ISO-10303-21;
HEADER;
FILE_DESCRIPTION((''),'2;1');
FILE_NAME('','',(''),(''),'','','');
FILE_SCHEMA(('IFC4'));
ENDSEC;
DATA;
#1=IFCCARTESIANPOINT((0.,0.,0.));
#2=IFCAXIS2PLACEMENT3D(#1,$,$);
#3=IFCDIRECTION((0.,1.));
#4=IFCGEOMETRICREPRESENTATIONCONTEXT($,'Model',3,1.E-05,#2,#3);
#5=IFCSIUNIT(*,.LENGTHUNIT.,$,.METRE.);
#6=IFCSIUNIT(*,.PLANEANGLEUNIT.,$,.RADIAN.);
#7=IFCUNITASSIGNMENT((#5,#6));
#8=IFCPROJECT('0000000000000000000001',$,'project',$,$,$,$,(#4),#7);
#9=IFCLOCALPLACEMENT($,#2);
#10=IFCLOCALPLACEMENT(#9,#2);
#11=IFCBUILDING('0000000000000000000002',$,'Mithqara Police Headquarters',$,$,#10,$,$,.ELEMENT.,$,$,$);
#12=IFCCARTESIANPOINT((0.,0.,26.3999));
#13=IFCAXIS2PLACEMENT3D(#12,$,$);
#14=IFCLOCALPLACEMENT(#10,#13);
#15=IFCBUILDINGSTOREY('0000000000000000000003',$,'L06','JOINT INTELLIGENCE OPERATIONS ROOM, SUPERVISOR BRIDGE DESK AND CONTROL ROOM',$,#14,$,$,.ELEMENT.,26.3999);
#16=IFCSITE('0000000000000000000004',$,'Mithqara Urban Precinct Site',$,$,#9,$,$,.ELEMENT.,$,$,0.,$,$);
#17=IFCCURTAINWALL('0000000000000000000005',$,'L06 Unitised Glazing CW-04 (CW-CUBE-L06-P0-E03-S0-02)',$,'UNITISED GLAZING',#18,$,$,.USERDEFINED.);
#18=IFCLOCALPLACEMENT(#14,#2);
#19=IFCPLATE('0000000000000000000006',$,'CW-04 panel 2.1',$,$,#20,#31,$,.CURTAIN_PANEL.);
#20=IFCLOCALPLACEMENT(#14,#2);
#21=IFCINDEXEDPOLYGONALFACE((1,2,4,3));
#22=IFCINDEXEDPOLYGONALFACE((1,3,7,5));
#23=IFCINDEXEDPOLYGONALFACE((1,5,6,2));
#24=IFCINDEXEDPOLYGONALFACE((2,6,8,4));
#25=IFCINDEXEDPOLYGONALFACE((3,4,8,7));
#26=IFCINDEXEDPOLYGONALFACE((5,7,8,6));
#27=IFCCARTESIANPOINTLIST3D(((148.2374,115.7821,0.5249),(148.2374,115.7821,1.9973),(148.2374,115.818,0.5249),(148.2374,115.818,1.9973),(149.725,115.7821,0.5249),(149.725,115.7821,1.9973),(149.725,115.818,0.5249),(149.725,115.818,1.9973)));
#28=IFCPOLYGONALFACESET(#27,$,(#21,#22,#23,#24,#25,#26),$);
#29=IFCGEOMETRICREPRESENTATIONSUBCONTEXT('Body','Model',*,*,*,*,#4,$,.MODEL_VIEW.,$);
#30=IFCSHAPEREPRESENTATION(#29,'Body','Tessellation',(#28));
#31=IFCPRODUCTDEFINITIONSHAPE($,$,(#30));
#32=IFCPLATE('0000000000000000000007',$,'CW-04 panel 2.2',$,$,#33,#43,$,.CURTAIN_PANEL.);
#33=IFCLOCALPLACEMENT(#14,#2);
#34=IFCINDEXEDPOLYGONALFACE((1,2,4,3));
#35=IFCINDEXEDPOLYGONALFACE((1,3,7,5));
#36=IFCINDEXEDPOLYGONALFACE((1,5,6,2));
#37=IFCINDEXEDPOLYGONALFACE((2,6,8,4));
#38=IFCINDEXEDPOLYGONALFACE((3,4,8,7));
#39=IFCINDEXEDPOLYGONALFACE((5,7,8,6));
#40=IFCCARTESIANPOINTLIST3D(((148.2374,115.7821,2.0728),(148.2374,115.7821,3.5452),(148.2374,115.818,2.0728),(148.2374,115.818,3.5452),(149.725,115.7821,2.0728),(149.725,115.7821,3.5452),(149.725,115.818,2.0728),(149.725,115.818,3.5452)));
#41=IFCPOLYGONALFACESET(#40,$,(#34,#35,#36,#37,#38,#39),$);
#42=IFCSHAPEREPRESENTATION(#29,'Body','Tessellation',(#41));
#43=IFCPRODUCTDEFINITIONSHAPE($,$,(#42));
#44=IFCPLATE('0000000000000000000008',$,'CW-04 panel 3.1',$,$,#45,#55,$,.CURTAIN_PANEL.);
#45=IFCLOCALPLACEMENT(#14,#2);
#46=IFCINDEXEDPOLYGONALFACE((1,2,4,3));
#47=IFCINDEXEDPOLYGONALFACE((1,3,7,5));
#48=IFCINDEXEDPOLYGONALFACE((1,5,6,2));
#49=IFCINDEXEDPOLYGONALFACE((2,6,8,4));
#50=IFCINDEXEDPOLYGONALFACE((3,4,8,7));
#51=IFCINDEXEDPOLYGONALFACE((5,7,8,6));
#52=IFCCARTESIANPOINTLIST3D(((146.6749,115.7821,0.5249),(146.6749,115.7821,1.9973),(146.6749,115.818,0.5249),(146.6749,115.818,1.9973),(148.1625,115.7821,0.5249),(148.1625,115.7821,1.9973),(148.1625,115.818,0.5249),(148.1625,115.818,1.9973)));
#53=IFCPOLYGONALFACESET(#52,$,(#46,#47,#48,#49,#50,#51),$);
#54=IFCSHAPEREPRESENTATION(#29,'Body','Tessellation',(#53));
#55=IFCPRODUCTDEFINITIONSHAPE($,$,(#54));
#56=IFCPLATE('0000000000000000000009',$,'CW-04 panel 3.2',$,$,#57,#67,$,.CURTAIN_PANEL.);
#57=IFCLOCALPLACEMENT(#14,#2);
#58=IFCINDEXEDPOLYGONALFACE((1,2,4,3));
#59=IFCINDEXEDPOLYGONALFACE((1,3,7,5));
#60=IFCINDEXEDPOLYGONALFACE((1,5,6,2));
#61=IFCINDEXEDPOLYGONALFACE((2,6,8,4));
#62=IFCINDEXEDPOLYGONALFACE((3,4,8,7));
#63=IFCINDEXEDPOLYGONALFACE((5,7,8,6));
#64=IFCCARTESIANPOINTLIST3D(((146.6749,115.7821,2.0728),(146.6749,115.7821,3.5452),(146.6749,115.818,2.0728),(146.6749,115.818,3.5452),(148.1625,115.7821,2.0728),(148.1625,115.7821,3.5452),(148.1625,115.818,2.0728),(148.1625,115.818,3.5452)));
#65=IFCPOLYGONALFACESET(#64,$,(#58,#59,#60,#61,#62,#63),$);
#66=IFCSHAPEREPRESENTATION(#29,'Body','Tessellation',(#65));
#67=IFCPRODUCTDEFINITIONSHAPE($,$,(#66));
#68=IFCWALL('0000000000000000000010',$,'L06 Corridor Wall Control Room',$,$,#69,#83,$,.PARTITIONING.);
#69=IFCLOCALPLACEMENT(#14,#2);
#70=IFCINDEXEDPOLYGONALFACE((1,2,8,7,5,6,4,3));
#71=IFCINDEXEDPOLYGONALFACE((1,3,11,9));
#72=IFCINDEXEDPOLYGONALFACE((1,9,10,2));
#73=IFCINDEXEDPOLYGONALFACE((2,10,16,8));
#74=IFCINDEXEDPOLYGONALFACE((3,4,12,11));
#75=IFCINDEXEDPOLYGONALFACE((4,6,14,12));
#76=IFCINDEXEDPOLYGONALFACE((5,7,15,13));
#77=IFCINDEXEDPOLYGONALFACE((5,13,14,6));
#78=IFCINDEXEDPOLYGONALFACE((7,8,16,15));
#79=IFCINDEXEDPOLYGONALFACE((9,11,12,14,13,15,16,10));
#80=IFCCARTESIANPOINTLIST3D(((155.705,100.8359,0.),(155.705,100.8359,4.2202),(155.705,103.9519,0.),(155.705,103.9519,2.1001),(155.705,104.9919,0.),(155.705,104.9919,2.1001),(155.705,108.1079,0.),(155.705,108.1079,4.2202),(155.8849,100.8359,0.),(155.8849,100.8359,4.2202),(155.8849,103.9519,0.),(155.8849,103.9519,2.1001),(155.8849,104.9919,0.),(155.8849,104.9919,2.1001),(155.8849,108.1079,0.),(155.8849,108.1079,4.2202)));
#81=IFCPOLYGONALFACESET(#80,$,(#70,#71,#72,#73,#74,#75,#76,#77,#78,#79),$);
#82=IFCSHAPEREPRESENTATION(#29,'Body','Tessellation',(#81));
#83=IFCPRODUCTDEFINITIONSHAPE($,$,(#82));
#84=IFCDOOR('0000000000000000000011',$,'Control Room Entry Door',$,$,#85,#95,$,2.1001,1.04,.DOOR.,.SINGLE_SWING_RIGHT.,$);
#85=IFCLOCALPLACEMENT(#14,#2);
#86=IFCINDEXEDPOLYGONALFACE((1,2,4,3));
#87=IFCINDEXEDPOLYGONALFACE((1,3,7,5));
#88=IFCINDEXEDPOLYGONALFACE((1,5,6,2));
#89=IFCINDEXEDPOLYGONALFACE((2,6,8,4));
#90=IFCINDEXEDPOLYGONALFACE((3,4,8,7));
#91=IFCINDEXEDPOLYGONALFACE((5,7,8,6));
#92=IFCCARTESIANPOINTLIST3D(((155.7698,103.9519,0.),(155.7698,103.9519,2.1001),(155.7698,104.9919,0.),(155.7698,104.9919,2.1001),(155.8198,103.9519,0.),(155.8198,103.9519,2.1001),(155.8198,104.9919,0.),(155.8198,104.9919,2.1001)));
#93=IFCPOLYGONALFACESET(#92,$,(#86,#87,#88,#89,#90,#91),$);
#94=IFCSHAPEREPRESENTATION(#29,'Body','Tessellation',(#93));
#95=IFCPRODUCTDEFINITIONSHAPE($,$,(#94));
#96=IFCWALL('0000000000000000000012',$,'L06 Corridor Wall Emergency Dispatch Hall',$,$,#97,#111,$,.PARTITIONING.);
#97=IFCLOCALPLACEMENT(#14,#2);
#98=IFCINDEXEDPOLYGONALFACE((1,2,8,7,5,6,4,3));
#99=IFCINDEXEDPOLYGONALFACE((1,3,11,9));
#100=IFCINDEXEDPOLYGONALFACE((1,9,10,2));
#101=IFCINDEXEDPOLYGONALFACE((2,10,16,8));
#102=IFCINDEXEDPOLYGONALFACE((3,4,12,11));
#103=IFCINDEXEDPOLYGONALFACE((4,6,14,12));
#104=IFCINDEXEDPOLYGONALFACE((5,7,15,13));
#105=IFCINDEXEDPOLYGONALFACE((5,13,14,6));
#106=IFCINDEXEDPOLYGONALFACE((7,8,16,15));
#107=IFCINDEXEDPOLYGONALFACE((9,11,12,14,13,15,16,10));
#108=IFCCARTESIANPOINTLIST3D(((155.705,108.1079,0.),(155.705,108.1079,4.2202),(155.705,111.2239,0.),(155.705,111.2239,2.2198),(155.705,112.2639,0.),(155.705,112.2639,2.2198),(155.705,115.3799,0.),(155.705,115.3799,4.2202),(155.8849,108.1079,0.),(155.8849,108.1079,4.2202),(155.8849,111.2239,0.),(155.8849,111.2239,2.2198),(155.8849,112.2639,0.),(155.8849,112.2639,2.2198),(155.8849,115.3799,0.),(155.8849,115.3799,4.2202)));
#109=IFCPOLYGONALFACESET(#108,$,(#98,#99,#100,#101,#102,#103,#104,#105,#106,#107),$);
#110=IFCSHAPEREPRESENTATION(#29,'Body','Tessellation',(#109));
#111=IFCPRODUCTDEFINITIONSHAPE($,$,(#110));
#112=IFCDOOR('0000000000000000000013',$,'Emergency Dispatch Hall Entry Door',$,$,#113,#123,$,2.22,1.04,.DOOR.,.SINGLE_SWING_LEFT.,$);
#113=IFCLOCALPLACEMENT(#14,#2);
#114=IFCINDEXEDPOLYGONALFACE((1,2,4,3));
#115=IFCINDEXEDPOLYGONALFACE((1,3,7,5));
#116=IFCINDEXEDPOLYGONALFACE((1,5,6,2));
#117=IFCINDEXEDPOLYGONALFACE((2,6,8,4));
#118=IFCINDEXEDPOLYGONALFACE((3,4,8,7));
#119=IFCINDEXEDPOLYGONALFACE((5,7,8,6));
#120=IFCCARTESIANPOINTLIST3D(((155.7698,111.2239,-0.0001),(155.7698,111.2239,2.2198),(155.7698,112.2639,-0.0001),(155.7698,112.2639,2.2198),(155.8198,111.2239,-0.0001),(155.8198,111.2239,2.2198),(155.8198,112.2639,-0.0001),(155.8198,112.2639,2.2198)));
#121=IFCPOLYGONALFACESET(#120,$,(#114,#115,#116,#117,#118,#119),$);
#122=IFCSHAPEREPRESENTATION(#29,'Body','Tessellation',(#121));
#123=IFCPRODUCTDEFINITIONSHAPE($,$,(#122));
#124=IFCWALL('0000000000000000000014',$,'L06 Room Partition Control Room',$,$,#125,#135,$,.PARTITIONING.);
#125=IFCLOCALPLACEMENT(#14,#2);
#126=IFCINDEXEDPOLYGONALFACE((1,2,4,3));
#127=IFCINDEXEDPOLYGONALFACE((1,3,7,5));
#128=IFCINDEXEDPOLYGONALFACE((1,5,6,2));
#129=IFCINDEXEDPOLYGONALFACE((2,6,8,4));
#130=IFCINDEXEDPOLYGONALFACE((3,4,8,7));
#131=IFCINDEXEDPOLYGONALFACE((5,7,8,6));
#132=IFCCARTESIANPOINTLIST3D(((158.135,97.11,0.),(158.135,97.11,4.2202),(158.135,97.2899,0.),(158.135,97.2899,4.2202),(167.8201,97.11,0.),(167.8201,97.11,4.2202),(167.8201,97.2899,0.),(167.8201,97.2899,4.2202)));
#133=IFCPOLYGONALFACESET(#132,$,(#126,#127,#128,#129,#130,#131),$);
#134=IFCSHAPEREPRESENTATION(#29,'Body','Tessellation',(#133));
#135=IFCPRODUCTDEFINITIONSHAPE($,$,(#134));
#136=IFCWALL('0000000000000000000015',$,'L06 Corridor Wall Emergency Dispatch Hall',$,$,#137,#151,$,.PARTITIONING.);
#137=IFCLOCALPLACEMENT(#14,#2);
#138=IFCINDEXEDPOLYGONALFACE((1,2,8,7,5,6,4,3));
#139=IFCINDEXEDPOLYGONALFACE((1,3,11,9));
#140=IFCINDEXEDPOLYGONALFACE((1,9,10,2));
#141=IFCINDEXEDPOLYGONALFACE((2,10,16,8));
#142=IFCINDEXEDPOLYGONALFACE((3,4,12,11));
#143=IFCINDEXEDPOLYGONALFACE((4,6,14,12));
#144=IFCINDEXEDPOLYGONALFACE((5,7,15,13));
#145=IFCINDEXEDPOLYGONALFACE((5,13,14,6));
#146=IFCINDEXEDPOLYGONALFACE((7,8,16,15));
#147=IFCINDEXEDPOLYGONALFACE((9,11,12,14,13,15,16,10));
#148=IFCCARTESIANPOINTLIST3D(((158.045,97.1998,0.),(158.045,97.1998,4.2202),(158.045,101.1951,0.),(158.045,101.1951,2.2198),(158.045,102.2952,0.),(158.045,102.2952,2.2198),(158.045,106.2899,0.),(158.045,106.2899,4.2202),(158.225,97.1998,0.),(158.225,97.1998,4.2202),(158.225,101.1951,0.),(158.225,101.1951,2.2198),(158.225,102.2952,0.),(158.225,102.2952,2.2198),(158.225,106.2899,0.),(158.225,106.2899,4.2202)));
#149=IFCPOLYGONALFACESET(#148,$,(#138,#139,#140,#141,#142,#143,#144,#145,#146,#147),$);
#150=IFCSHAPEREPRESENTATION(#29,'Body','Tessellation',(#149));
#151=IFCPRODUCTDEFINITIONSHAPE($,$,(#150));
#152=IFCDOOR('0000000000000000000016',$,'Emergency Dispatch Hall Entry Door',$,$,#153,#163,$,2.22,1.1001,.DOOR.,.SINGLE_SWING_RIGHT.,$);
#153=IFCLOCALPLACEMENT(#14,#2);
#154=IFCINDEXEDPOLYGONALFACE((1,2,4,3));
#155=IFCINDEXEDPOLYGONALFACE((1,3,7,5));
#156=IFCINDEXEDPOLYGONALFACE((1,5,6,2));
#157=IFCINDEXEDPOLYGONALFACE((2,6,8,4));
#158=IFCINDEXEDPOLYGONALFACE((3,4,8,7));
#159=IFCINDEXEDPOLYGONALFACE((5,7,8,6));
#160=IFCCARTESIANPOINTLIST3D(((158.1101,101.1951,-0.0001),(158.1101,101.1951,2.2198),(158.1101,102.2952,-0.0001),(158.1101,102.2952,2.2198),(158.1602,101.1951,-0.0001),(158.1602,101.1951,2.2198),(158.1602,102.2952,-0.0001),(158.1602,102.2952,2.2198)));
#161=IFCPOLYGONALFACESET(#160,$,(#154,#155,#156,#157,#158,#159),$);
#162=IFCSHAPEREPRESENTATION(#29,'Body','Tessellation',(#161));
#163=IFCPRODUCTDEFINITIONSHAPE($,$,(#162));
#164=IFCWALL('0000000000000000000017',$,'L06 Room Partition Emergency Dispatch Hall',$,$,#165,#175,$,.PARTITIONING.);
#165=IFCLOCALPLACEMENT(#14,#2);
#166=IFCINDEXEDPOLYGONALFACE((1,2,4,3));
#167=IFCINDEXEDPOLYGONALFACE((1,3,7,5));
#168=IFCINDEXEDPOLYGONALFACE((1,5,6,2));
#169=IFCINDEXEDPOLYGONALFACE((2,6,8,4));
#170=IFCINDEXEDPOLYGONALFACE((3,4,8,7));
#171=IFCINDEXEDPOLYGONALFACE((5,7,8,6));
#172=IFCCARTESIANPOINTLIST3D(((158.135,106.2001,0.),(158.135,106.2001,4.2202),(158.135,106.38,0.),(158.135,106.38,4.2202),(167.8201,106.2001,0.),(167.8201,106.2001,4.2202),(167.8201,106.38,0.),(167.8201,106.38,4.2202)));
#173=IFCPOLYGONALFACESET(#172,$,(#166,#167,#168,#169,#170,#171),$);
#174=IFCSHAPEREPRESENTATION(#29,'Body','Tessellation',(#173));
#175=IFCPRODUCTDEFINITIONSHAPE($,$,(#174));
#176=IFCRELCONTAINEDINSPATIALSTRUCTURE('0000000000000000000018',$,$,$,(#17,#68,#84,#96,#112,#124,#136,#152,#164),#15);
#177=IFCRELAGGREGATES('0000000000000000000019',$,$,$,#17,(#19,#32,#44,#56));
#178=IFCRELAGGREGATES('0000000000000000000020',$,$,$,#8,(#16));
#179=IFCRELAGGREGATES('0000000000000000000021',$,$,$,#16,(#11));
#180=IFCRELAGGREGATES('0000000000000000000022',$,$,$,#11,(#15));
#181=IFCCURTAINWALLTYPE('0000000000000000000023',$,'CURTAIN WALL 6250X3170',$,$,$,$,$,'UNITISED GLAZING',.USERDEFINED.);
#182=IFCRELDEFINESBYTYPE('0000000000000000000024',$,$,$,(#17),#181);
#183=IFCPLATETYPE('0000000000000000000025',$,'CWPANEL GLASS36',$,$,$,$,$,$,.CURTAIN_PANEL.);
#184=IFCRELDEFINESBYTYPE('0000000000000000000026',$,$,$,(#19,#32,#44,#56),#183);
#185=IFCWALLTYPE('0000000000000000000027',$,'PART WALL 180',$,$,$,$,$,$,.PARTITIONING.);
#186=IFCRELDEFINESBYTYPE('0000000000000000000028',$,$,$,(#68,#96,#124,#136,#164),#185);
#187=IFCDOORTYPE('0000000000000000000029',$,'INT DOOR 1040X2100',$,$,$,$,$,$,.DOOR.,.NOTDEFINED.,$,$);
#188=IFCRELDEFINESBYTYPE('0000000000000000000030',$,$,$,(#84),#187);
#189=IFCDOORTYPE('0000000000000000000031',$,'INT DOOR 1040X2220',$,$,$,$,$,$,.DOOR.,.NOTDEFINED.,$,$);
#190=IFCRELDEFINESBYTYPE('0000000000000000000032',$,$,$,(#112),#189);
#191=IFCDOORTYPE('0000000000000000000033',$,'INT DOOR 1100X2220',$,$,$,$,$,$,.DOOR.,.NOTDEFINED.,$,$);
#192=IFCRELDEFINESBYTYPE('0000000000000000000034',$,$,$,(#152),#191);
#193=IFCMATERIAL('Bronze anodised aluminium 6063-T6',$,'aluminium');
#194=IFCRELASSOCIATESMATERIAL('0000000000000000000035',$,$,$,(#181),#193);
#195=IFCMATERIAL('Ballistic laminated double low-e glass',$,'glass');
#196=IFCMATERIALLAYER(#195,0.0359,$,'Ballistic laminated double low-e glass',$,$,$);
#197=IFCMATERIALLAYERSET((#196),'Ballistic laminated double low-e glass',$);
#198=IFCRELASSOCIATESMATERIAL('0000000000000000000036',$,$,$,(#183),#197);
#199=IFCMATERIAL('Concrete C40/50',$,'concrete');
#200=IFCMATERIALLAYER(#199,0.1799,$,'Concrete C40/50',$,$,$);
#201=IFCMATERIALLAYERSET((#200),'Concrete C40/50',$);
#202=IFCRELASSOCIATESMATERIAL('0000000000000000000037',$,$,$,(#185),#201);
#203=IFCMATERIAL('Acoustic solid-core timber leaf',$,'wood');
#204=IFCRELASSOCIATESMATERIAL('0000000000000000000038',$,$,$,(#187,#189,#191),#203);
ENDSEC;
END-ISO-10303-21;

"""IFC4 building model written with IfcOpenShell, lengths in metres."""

from ifc_helpers import new_model, si_unit, direction, frame, frame_2d, origin, origin_2d, place, context, subcontext, project, spatial, rectangle, extrude, material, layer, layer_set, type_object, element, fill, aggregate, save


model = new_model("IFC4")

# Units and contexts
model_context = context("Model", 3, precision=1e-05, world=origin(), true_north=direction((0.0, 1.0)))
body_context = subcontext(model_context, "Body", "Model", "MODEL_VIEW")
ifc_project = project(units=[si_unit("LENGTHUNIT", "METRE"), si_unit("PLANEANGLEUNIT", "RADIAN")], contexts=[model_context])

# Site, building, storey
site_placement = place(None, origin())
site = spatial("IfcSite", under=ifc_project, at=site_placement, Name="Mithqara Urban Precinct Site", CompositionType="ELEMENT", RefElevation=0.0)
building_placement = place(site_placement, origin())
building = spatial("IfcBuilding", under=site, at=building_placement, Name="Mithqara Police Headquarters", CompositionType="ELEMENT")
storey_placement = place(building_placement, frame((0.0, 0.0, 26.3999)))
storey = spatial("IfcBuildingStorey", under=building, at=storey_placement, Name="L06", Description="JOINT INTELLIGENCE OPERATIONS ROOM, SUPERVISOR BRIDGE DESK AND CONTROL ROOM", CompositionType="ELEMENT", Elevation=26.3999)

# Curtain wall
ifc_material_1 = material(Name="Bronze anodised aluminium 6063-T6", Category="aluminium")
curtain_wall_type = type_object("IfcCurtainWallType", Name="CURTAIN WALL 6250X3170", ElementType="UNITISED GLAZING", PredefinedType="USERDEFINED", material=ifc_material_1)
curtain_wall_placement = place(storey_placement, origin())
curtain_wall = element("IfcCurtainWall", 1, at=curtain_wall_placement, inside=storey, type_object=curtain_wall_type, Name="L06 Unitised Glazing CW-04 (CW-CUBE-L06-P0-E03-S0-02)", ObjectType="UNITISED GLAZING", PredefinedType="USERDEFINED")

# Plates
ifc_material_2 = material(Name="Ballistic laminated double low-e glass", Category="glass")
ifc_layer_1 = layer(ifc_material_2, 0.0359, Name="Ballistic laminated double low-e glass")
ifc_layer_set_1 = layer_set([ifc_layer_1], Name="Ballistic laminated double low-e glass")
plate_type = type_object("IfcPlateType", Name="CWPANEL GLASS36", PredefinedType="CURTAIN_PANEL", material=ifc_layer_set_1)
plate_1_placement = place(storey_placement, frame((148.9812, 115.8, 0.5249), z_axis=(0.0, 0.0, 1.0), x_axis=(-1.0, 0.0, 0.0)))
plate_1 = element("IfcPlate", 2, at=plate_1_placement, type_object=plate_type, Name="CW-04 panel 2.1", PredefinedType="CURTAIN_PANEL", context=body_context, shape_type="SweptSolid", body=[
    extrude(rectangle(XDim=1.4875, YDim=0.0359, at=origin_2d()), origin(), (0.0, 0.0, 1.0), 1.4724),
])
plate_2_placement = place(storey_placement, frame((148.9812, 115.8, 2.0728), z_axis=(0.0, 0.0, 1.0), x_axis=(-1.0, 0.0, 0.0)))
plate_2 = element("IfcPlate", 3, at=plate_2_placement, type_object=plate_type, Name="CW-04 panel 2.2", PredefinedType="CURTAIN_PANEL", context=body_context, shape_type="SweptSolid", body=[
    extrude(rectangle(XDim=1.4875, YDim=0.0359, at=origin_2d()), origin(), (0.0, 0.0, 1.0), 1.4724),
])
plate_3_placement = place(storey_placement, frame((147.4187, 115.8, 0.5249), z_axis=(0.0, 0.0, 1.0), x_axis=(-1.0, 0.0, 0.0)))
plate_3 = element("IfcPlate", 4, at=plate_3_placement, type_object=plate_type, Name="CW-04 panel 3.1", PredefinedType="CURTAIN_PANEL", context=body_context, shape_type="SweptSolid", body=[
    extrude(rectangle(XDim=1.4875, YDim=0.0359, at=origin_2d()), origin(), (0.0, 0.0, 1.0), 1.4724),
])
plate_4_placement = place(storey_placement, frame((147.4187, 115.8, 2.0728), z_axis=(0.0, 0.0, 1.0), x_axis=(-1.0, 0.0, 0.0)))
plate_4 = element("IfcPlate", 5, at=plate_4_placement, type_object=plate_type, Name="CW-04 panel 3.2", PredefinedType="CURTAIN_PANEL", context=body_context, shape_type="SweptSolid", body=[
    extrude(rectangle(XDim=1.4875, YDim=0.0359, at=origin_2d()), origin(), (0.0, 0.0, 1.0), 1.4724),
])
aggregate(curtain_wall, [plate_1, plate_2, plate_3, plate_4])

# Walls, openings, doors
ifc_material_3 = material(Name="Concrete C40/50", Category="concrete")
ifc_layer_2 = layer(ifc_material_3, 0.1799, Name="Concrete C40/50")
ifc_layer_set_2 = layer_set([ifc_layer_2], Name="Concrete C40/50")
wall_type = type_object("IfcWallType", Name="PART WALL 180", PredefinedType="PARTITIONING", material=ifc_layer_set_2)
wall_1_placement = place(storey_placement, frame((155.7949, 100.8359, 0.0), z_axis=(0.0, 0.0, 1.0), x_axis=(0.0, 1.0, 0.0)))
wall_1 = element("IfcWall", 6, at=wall_1_placement, inside=storey, type_object=wall_type, Name="L06 Corridor Wall Control Room", PredefinedType="PARTITIONING", context=body_context, shape_type="SweptSolid", body=[
    extrude(rectangle(XDim=7.272, YDim=0.1799, at=frame_2d((3.636, 0.0))), origin(), (0.0, 0.0, 1.0), 4.2202),
])
opening_1_placement = place(wall_1_placement, frame((3.116, 0.0, 0.0)))
opening_1 = element("IfcOpeningElement", 7, at=opening_1_placement, cuts=wall_1, PredefinedType="OPENING", context=body_context, shape_type="SweptSolid", body=[
    extrude(rectangle(XDim=1.04, YDim=2.1001, at=frame_2d((0.52, 1.05))), frame((0.0, 0.1001, 0.0), z_axis=(0.0, -1.0, 0.0), x_axis=(1.0, 0.0, 0.0)), (0.0, 0.0, 1.0), 0.2),
])
ifc_material_4 = material(Name="Acoustic solid-core timber leaf", Category="wood")
door_type_1 = type_object("IfcDoorType", Name="INT DOOR 1040X2100", OperationType="NOTDEFINED", PredefinedType="DOOR", material=ifc_material_4)
door_1_placement = place(opening_1_placement, frame((1.04, 0.0, 0.0), z_axis=(0.0, 0.0, 1.0), x_axis=(-1.0, 0.0, 0.0)))
door_1 = element("IfcDoor", 8, at=door_1_placement, inside=storey, type_object=door_type_1, Name="Control Room Entry Door", OperationType="SINGLE_SWING_RIGHT", OverallHeight=2.1001, OverallWidth=1.04, PredefinedType="DOOR", context=body_context, shape_type="SweptSolid", body=[
    extrude(rectangle(XDim=1.04, YDim=2.1001, at=frame_2d((0.52, 1.05))), frame((0.0, 0.0249, 0.0), z_axis=(0.0, -1.0, 0.0), x_axis=(1.0, 0.0, 0.0)), (0.0, 0.0, 1.0), 0.05),
])
fill(opening_1, door_1)
wall_2_placement = place(storey_placement, frame((155.7949, 108.1079, 0.0), z_axis=(0.0, 0.0, 1.0), x_axis=(0.0, 1.0, 0.0)))
wall_2 = element("IfcWall", 9, at=wall_2_placement, inside=storey, type_object=wall_type, Name="L06 Corridor Wall Emergency Dispatch Hall", PredefinedType="PARTITIONING", context=body_context, shape_type="SweptSolid", body=[
    extrude(rectangle(XDim=7.272, YDim=0.1799, at=frame_2d((3.636, 0.0))), origin(), (0.0, 0.0, 1.0), 4.2202),
])
opening_2_placement = place(wall_2_placement, frame((3.116, 0.0, 0.0)))
opening_2 = element("IfcOpeningElement", 10, at=opening_2_placement, cuts=wall_2, PredefinedType="OPENING", context=body_context, shape_type="SweptSolid", body=[
    extrude(rectangle(XDim=1.04, YDim=2.22, at=frame_2d((0.52, 1.1099))), frame((0.0, 0.1001, 0.0), z_axis=(0.0, -1.0, 0.0), x_axis=(1.0, 0.0, 0.0)), (0.0, 0.0, 1.0), 0.2),
])
door_type_2 = type_object("IfcDoorType", Name="INT DOOR 1040X2220", OperationType="NOTDEFINED", PredefinedType="DOOR", material=ifc_material_4)
door_2_placement = place(opening_2_placement, frame((1.04, 0.0, 0.0), z_axis=(0.0, 0.0, 1.0), x_axis=(-1.0, 0.0, 0.0)))
door_2 = element("IfcDoor", 11, at=door_2_placement, inside=storey, type_object=door_type_2, Name="Emergency Dispatch Hall Entry Door", OperationType="SINGLE_SWING_LEFT", OverallHeight=2.22, OverallWidth=1.04, PredefinedType="DOOR", context=body_context, shape_type="SweptSolid", body=[
    extrude(rectangle(XDim=1.04, YDim=2.22, at=frame_2d((0.52, 1.1099))), frame((0.0, 0.0249, 0.0), z_axis=(0.0, -1.0, 0.0), x_axis=(1.0, 0.0, 0.0)), (0.0, 0.0, 1.0), 0.05),
])
fill(opening_2, door_2)

# Wall
wall_3_placement = place(storey_placement, frame((158.135, 97.2, 0.0), z_axis=(0.0, 0.0, 1.0), x_axis=(1.0, 0.0, 0.0)))
element("IfcWall", 12, at=wall_3_placement, inside=storey, type_object=wall_type, Name="L06 Room Partition Control Room", PredefinedType="PARTITIONING", context=body_context, shape_type="SweptSolid", body=[
    extrude(rectangle(XDim=9.6851, YDim=0.1799, at=frame_2d((4.8425, 0.0))), origin(), (0.0, 0.0, 1.0), 4.2202),
])

# Wall, opening, door
wall_4_placement = place(storey_placement, frame((158.135, 97.2, 0.0), z_axis=(0.0, 0.0, 1.0), x_axis=(0.0, 1.0, 0.0)))
wall_4 = element("IfcWall", 13, at=wall_4_placement, inside=storey, type_object=wall_type, Name="L06 Corridor Wall Emergency Dispatch Hall", PredefinedType="PARTITIONING", context=body_context, shape_type="SweptSolid", body=[
    extrude(rectangle(XDim=9.0901, YDim=0.1799, at=frame_2d((4.5449, 0.0))), origin(), (0.0, 0.0, 1.0), 4.2202),
])
opening_3_placement = place(wall_4_placement, frame((3.9951, 0.0, 0.0)))
opening_3 = element("IfcOpeningElement", 14, at=opening_3_placement, cuts=wall_4, PredefinedType="OPENING", context=body_context, shape_type="SweptSolid", body=[
    extrude(rectangle(XDim=1.1001, YDim=2.22, at=frame_2d((0.55, 1.1099))), frame((0.0, 0.1001, 0.0), z_axis=(0.0, -1.0, 0.0), x_axis=(1.0, 0.0, 0.0)), (0.0, 0.0, 1.0), 0.2),
])
door_type_3 = type_object("IfcDoorType", Name="INT DOOR 1100X2220", OperationType="NOTDEFINED", PredefinedType="DOOR", material=ifc_material_4)
door_3_placement = place(opening_3_placement, origin())
door_3 = element("IfcDoor", 15, at=door_3_placement, inside=storey, type_object=door_type_3, Name="Emergency Dispatch Hall Entry Door", OperationType="SINGLE_SWING_RIGHT", OverallHeight=2.22, OverallWidth=1.1001, PredefinedType="DOOR", context=body_context, shape_type="SweptSolid", body=[
    extrude(rectangle(XDim=1.1001, YDim=2.22, at=frame_2d((0.55, 1.1099))), frame((0.0, 0.0249, 0.0), z_axis=(0.0, -1.0, 0.0), x_axis=(1.0, 0.0, 0.0)), (0.0, 0.0, 1.0), 0.05),
])
fill(opening_3, door_3)

# Wall
wall_5_placement = place(storey_placement, frame((158.135, 106.29, 0.0), z_axis=(0.0, 0.0, 1.0), x_axis=(1.0, 0.0, 0.0)))
element("IfcWall", 16, at=wall_5_placement, inside=storey, type_object=wall_type, Name="L06 Room Partition Emergency Dispatch Hall", PredefinedType="PARTITIONING", context=body_context, shape_type="SweptSolid", body=[
    extrude(rectangle(XDim=9.6851, YDim=0.1799, at=frame_2d((4.8425, 0.0))), origin(), (0.0, 0.0, 1.0), 4.2202),
])

save(model, "model.ifc")
